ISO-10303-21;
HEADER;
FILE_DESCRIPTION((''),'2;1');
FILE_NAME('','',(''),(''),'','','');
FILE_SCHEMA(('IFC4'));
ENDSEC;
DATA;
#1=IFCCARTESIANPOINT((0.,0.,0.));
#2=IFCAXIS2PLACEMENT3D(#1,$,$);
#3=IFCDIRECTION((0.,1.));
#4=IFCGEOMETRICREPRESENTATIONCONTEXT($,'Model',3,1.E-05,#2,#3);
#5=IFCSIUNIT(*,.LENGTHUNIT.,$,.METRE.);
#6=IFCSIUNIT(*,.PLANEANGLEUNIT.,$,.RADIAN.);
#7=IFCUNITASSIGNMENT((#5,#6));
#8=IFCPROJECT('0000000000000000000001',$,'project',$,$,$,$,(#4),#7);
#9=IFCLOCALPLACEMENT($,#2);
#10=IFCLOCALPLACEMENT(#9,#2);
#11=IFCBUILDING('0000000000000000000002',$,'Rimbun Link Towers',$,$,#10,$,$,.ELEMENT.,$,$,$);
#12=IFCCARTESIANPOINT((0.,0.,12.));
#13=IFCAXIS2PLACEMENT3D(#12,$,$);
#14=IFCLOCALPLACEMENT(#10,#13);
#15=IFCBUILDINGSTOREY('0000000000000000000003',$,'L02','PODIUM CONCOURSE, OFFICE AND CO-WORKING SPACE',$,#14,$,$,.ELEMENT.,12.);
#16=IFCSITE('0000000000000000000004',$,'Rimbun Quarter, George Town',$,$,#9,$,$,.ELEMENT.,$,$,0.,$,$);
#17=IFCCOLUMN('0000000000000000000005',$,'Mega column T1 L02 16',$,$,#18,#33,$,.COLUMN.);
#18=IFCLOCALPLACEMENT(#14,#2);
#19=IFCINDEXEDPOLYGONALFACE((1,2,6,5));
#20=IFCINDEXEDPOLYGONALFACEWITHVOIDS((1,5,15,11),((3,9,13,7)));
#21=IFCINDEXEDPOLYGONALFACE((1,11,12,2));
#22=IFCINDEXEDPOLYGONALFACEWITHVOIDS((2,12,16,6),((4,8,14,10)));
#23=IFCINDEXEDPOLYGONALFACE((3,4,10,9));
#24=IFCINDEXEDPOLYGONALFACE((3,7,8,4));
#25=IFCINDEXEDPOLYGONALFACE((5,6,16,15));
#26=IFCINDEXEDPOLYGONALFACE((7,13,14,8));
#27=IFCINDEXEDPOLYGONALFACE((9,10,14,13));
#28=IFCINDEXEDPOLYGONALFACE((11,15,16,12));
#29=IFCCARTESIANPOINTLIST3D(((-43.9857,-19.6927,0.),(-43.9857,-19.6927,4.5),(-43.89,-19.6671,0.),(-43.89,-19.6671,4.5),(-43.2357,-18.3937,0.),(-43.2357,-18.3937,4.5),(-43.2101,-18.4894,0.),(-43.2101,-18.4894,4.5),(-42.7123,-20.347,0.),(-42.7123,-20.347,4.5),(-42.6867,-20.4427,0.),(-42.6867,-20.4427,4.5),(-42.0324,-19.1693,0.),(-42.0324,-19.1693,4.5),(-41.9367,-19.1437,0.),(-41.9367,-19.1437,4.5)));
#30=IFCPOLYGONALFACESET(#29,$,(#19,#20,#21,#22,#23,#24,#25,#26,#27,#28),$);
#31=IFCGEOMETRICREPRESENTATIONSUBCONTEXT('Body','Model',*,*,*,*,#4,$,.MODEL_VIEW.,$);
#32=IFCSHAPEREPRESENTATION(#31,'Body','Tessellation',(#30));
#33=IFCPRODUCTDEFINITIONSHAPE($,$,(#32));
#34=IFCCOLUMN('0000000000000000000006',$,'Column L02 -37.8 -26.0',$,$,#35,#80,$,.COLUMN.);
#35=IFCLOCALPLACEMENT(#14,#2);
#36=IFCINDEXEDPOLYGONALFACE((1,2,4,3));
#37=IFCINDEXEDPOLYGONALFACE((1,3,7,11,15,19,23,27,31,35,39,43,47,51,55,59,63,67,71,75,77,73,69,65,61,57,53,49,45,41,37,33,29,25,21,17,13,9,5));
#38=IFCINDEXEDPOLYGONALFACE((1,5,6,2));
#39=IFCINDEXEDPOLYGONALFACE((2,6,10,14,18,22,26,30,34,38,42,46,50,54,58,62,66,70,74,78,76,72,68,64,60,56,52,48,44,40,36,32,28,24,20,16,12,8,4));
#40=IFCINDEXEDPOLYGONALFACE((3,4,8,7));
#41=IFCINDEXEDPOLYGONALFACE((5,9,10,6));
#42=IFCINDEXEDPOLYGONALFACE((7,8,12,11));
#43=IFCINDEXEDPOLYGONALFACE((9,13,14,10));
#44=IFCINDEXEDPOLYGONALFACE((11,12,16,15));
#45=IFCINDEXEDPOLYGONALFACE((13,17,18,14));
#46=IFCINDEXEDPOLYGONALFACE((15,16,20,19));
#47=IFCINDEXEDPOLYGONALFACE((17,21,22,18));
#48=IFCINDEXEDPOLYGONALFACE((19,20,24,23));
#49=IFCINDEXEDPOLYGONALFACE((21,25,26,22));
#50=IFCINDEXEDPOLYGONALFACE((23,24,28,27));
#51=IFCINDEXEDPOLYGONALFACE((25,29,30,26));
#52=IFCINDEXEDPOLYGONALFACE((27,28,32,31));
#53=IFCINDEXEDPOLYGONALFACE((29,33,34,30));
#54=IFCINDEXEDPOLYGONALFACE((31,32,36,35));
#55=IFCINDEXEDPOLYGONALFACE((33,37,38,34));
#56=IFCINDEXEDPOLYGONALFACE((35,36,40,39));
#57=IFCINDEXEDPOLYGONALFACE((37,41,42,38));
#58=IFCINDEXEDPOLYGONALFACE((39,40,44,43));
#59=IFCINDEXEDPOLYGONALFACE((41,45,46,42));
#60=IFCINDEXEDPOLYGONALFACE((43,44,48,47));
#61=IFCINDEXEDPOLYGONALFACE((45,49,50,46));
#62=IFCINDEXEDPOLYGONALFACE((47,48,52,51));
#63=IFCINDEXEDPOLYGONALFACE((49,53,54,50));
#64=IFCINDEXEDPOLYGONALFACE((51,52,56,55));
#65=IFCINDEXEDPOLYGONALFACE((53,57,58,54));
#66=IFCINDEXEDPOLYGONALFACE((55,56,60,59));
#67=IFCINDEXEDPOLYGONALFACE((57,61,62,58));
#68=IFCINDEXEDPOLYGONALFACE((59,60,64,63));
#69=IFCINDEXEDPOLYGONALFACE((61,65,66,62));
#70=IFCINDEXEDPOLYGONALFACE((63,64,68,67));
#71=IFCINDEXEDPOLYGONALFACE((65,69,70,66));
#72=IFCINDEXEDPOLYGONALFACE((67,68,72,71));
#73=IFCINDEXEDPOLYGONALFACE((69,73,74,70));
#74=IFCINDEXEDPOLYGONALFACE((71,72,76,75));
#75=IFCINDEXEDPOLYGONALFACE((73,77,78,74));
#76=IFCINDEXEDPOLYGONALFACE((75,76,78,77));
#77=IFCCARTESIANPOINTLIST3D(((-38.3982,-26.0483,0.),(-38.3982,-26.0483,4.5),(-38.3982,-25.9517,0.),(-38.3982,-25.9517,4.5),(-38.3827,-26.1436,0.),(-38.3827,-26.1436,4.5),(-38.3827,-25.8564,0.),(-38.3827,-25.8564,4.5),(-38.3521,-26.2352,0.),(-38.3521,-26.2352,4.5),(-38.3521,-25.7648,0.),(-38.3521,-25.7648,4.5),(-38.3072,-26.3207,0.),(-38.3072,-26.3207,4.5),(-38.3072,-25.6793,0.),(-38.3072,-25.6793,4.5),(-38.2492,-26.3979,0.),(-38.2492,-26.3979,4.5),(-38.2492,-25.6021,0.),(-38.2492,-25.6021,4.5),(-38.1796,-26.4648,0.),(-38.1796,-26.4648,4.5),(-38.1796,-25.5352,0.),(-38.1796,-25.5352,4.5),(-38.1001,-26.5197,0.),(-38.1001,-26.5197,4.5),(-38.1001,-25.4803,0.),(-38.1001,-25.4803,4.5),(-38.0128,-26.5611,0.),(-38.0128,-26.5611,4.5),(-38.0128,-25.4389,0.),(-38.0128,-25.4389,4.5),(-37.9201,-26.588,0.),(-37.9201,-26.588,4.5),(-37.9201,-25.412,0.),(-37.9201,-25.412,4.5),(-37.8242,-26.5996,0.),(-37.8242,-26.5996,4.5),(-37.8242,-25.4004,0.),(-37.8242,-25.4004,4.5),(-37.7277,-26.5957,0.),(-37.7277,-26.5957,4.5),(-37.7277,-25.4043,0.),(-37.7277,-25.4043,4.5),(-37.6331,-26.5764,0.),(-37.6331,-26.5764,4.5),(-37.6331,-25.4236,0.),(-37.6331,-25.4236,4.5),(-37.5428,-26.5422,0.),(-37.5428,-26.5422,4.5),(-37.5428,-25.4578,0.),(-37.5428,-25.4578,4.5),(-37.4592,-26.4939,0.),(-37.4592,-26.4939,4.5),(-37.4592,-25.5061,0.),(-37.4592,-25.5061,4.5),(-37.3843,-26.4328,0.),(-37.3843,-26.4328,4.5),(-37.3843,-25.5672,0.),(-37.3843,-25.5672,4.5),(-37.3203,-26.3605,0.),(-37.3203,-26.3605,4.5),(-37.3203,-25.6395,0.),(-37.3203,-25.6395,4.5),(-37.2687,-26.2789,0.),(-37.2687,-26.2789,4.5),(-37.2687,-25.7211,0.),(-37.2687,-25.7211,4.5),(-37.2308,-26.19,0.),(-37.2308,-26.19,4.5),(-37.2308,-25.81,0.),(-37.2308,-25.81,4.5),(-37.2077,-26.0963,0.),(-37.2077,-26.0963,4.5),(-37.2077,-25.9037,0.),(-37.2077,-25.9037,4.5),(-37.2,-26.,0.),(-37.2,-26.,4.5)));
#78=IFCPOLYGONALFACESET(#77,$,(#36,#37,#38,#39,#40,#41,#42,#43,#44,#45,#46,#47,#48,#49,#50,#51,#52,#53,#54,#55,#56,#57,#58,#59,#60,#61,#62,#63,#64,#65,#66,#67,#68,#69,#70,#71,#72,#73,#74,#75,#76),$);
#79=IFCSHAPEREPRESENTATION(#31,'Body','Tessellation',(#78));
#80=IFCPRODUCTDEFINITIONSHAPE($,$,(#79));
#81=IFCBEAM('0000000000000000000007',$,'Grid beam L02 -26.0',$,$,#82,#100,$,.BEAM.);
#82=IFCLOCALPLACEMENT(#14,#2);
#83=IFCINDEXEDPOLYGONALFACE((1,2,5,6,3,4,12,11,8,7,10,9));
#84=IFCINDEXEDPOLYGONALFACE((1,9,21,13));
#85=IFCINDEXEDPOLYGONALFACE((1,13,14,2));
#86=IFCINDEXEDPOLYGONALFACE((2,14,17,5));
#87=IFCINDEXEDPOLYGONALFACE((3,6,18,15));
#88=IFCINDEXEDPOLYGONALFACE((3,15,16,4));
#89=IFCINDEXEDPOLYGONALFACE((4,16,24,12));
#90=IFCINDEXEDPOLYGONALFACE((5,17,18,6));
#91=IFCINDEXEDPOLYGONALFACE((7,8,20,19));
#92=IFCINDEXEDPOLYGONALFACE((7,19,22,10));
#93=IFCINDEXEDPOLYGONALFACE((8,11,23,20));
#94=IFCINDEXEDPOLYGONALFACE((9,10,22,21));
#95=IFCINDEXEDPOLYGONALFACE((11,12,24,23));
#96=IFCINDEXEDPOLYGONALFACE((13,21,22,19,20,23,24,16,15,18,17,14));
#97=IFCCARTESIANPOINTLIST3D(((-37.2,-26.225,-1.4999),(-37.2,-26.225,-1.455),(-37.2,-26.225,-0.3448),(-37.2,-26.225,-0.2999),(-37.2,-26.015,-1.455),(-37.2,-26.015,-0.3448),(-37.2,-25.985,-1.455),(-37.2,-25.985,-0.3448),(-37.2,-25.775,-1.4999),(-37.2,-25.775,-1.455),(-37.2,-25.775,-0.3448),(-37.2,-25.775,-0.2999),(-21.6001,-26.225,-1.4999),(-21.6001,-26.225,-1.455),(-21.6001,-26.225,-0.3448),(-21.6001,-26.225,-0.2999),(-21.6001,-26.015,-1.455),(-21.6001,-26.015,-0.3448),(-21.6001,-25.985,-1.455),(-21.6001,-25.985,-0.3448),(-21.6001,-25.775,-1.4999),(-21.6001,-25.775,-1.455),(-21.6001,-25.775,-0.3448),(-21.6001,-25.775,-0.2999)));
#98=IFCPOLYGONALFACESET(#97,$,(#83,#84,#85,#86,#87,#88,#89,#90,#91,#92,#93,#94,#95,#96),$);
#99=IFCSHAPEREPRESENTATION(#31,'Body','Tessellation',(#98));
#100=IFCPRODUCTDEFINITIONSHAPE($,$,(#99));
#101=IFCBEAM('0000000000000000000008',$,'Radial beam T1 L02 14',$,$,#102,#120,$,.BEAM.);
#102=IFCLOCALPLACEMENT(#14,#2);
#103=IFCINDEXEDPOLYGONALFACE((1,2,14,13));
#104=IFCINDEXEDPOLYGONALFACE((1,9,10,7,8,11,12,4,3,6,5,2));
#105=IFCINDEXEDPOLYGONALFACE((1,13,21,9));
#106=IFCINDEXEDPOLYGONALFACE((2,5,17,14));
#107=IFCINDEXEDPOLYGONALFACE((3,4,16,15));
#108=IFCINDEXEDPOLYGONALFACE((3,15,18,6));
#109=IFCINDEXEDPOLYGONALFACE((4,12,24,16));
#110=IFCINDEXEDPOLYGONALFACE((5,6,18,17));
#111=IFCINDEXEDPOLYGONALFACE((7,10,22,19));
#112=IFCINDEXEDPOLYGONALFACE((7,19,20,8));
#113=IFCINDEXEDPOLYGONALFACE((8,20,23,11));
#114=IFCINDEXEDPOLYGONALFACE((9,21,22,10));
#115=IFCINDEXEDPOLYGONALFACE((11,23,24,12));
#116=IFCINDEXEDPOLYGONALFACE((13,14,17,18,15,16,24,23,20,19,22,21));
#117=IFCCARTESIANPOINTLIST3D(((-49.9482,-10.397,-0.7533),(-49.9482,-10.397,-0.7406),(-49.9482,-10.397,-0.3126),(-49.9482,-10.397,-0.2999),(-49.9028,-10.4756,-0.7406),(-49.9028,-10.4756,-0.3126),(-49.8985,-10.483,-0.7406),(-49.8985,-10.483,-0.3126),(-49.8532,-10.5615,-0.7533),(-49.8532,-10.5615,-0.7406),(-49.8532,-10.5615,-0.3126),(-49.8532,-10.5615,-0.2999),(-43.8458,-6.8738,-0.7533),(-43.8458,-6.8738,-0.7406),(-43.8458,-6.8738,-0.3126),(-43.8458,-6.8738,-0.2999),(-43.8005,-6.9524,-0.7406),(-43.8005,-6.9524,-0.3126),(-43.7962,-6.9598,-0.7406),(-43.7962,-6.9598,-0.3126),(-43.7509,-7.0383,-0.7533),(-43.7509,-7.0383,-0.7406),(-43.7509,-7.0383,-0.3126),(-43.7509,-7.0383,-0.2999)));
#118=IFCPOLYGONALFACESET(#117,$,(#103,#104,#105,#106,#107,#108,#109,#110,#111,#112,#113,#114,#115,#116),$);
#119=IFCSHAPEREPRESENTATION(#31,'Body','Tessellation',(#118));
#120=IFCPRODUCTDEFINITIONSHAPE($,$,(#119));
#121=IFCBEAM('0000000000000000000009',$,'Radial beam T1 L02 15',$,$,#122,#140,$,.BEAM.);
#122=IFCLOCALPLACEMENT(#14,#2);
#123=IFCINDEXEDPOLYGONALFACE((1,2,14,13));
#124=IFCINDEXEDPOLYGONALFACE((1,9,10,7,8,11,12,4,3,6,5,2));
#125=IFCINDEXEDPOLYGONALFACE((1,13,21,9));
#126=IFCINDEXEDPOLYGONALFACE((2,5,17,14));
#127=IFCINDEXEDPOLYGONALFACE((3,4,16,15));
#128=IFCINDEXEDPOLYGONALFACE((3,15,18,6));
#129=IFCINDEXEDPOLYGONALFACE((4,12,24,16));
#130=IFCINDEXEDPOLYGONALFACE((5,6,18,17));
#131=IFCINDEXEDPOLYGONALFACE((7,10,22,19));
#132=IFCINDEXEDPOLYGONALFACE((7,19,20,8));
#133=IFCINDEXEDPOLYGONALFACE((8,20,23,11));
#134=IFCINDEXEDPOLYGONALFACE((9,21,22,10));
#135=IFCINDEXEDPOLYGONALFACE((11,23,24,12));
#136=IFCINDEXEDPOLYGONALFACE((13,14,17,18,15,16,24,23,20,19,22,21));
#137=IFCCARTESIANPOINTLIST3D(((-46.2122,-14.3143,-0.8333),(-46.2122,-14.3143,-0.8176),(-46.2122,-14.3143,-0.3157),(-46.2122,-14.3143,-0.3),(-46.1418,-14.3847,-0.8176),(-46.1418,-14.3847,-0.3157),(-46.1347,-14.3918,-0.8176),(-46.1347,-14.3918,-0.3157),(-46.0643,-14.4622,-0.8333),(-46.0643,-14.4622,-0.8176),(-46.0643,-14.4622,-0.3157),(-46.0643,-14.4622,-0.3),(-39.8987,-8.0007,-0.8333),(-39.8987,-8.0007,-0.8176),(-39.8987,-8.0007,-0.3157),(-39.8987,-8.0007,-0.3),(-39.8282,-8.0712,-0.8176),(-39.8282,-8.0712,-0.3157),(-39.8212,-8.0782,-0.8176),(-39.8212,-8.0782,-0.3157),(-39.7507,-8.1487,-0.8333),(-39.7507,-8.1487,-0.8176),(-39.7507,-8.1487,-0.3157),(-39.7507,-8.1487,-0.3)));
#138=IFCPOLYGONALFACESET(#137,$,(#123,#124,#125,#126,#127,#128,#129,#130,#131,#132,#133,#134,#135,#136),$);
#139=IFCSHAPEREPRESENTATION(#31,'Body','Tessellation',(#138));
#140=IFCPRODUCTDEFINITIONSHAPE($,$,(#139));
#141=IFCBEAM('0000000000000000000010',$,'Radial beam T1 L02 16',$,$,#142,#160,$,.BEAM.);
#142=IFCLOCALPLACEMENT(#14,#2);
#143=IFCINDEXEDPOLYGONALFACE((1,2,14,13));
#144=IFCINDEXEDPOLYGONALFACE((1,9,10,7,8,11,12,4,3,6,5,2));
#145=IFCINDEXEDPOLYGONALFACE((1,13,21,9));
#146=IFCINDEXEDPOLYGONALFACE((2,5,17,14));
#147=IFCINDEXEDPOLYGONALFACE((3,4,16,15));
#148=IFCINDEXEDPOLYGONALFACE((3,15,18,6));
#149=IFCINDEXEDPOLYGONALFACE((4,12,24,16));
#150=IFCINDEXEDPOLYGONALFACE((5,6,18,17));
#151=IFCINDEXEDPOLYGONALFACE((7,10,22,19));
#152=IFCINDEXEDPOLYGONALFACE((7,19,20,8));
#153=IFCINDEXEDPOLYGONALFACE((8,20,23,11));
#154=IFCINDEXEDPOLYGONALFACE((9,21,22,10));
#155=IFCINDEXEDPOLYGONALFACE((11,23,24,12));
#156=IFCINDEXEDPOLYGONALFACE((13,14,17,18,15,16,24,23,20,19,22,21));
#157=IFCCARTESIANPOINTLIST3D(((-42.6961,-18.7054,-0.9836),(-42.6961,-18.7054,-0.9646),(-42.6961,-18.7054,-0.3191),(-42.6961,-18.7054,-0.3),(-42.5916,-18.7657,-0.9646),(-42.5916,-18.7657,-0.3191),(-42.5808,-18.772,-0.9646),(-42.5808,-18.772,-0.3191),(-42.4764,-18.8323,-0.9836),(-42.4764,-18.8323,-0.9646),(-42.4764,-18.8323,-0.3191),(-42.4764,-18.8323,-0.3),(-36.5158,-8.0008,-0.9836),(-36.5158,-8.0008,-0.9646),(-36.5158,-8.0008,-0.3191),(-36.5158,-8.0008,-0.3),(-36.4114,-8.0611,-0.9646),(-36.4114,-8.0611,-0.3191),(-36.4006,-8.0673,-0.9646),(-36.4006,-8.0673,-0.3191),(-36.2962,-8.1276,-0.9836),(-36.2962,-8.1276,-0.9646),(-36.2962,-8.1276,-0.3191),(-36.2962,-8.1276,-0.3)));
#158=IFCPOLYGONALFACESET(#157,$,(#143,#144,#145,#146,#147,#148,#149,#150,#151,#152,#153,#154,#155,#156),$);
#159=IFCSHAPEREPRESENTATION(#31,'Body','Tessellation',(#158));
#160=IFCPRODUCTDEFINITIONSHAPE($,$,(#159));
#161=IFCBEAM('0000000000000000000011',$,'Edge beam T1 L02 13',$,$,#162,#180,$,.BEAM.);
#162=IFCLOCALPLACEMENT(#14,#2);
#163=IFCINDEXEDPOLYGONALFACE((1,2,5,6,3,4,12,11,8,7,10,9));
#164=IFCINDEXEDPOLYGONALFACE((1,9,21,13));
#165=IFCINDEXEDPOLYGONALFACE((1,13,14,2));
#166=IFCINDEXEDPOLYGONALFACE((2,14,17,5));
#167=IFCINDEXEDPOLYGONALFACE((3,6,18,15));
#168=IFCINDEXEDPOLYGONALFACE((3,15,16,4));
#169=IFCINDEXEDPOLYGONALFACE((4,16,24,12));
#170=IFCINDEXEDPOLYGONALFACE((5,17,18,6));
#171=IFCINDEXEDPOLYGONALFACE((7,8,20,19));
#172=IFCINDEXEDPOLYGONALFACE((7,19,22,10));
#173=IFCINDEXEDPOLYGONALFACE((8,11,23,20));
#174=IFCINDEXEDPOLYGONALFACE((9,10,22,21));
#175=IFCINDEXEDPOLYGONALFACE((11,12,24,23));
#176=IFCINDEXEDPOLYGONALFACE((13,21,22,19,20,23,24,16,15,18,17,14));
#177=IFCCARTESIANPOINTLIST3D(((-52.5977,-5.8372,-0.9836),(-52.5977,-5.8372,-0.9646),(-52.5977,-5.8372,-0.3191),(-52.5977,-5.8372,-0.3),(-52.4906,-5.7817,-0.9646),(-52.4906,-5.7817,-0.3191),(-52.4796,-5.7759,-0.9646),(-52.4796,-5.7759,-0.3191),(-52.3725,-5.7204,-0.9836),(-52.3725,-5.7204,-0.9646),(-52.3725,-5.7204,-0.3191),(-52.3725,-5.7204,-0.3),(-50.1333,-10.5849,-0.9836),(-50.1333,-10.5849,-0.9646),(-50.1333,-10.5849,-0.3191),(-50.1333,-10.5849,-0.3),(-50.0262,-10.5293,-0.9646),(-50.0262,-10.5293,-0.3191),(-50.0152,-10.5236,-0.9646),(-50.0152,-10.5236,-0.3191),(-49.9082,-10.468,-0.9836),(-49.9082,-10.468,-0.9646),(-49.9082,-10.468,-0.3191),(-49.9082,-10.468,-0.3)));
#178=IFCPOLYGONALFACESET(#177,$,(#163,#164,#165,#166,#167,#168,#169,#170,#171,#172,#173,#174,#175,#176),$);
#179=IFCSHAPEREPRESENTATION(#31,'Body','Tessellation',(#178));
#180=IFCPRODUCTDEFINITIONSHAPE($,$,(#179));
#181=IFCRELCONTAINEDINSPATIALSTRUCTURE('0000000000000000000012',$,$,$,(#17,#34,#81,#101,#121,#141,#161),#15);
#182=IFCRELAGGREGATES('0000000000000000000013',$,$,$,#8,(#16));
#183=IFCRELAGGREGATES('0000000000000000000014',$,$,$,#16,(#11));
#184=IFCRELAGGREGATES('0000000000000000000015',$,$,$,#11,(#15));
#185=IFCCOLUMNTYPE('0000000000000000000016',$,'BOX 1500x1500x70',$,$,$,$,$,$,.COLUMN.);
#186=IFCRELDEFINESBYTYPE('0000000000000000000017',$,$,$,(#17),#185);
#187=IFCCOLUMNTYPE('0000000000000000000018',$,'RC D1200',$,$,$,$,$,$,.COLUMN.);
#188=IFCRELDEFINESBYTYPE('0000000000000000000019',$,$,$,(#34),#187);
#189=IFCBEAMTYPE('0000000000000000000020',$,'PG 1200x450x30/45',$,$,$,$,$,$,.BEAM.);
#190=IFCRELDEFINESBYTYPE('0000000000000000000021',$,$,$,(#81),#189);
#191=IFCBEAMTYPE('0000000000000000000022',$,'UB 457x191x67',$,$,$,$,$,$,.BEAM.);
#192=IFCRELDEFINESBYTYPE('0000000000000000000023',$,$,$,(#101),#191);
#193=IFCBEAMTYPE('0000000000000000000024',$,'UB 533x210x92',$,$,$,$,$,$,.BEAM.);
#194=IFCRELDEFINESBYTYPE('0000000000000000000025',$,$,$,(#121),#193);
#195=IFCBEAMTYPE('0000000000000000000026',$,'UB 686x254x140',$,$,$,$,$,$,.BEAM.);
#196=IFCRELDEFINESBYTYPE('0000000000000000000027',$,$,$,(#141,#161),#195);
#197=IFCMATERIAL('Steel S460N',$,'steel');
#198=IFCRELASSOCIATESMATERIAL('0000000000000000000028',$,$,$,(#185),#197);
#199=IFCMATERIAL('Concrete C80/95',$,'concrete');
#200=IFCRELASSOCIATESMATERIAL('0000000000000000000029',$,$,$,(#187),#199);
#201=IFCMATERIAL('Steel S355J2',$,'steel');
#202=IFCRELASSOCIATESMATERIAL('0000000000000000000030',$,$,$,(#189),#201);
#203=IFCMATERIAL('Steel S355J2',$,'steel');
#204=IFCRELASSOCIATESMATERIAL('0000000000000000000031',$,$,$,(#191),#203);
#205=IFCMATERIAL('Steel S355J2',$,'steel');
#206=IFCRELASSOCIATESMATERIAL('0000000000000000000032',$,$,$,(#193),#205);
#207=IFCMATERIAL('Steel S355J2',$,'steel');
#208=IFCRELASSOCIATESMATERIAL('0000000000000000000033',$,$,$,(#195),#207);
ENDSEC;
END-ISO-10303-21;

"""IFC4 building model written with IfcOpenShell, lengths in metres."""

from ifc_helpers import new_model, si_unit, direction, frame, origin, origin_2d, place, context, subcontext, project, spatial, hollow_rectangle, circle, i_section, extrude, material, material_profile, profile_set, type_object, element, save


model = new_model("IFC4")

# Units and contexts
model_context = context("Model", 3, precision=1e-05, world=origin(), true_north=direction((0.0, 1.0)))
body_context = subcontext(model_context, "Body", "Model", "MODEL_VIEW")
ifc_project = project(units=[si_unit("LENGTHUNIT", "METRE"), si_unit("PLANEANGLEUNIT", "RADIAN")], contexts=[model_context])

# Site, building, storey
site_placement = place(None, origin())
site = spatial("IfcSite", under=ifc_project, at=site_placement, Name="Rimbun Quarter, George Town", CompositionType="ELEMENT", RefElevation=0.0)
building_placement = place(site_placement, origin())
building = spatial("IfcBuilding", under=site, at=building_placement, Name="Rimbun Link Towers", CompositionType="ELEMENT")
storey_placement = place(building_placement, frame((0.0, 0.0, 12.0)))
storey = spatial("IfcBuildingStorey", under=building, at=storey_placement, Name="L02", Description="PODIUM CONCOURSE, OFFICE AND CO-WORKING SPACE", CompositionType="ELEMENT", Elevation=12.0)

# Columns
ifc_material_1 = material(Name="Steel S460N", Category="steel")
ifc_material_profile_1 = material_profile(ifc_material_1, hollow_rectangle(XDim=1.5, YDim=1.5, WallThickness=0.0701, at=origin_2d()), Name="BOX 1500x1500x70")
ifc_profile_set_1 = profile_set([ifc_material_profile_1], Name="Steel S460N")
column_type_1 = type_object("IfcColumnType", Name="BOX 1500x1500x70", PredefinedType="COLUMN", material=ifc_profile_set_1)
column_1_placement = place(storey_placement, frame((-42.9612, -19.4182, 0.0), z_axis=(0.0, 0.0, 1.0), x_axis=(-0.5, -0.866025, 0.0)))
element("IfcColumn", 1, at=column_1_placement, inside=storey, type_object=column_type_1, Name="Mega column T1 L02 16", PredefinedType="COLUMN", context=body_context, shape_type="SweptSolid", body=[
    extrude(hollow_rectangle(XDim=1.5, YDim=1.5, WallThickness=0.0701, at=origin_2d()), origin(), (0.0, 0.0, 1.0), 4.5),
])
ifc_material_2 = material(Name="Concrete C80/95", Category="concrete")
ifc_material_profile_2 = material_profile(ifc_material_2, circle(Radius=0.6001, at=origin_2d()), Name="RC D1200")
ifc_profile_set_2 = profile_set([ifc_material_profile_2], Name="Concrete C80/95")
column_type_2 = type_object("IfcColumnType", Name="RC D1200", PredefinedType="COLUMN", material=ifc_profile_set_2)
column_2_placement = place(storey_placement, frame((-37.8, -26.0, 0.0), z_axis=(0.0, 0.0, 1.0), x_axis=(1.0, 0.0, 0.0)))
element("IfcColumn", 2, at=column_2_placement, inside=storey, type_object=column_type_2, Name="Column L02 -37.8 -26.0", PredefinedType="COLUMN", context=body_context, shape_type="SweptSolid", body=[
    extrude(circle(Radius=0.6001, at=origin_2d()), origin(), (0.0, 0.0, 1.0), 4.5),
])

# Beams
ifc_material_3 = material(Name="Steel S355J2", Category="steel")
ifc_material_profile_3 = material_profile(ifc_material_3, i_section(OverallWidth=0.45, OverallDepth=1.2, WebThickness=0.03, FlangeThickness=0.0449, at=origin_2d()), Name="PG 1200x450x30/45")
ifc_profile_set_3 = profile_set([ifc_material_profile_3], Name="Steel S355J2")
beam_type_1 = type_object("IfcBeamType", Name="PG 1200x450x30/45", PredefinedType="BEAM", material=ifc_profile_set_3)
beam_1_placement = place(storey_placement, frame((-37.2, -26.0, -0.8999), z_axis=(1.0, 0.0, 0.0), x_axis=(0.0, 1.0, 0.0)))
element("IfcBeam", 3, at=beam_1_placement, inside=storey, type_object=beam_type_1, Name="Grid beam L02 -26.0", PredefinedType="BEAM", context=body_context, shape_type="SweptSolid", body=[
    extrude(i_section(OverallWidth=0.45, OverallDepth=1.2, WebThickness=0.03, FlangeThickness=0.0449, at=origin_2d()), origin(), (0.0, 0.0, 1.0), 15.5999),
])
ifc_material_4 = material(Name="Steel S355J2", Category="steel")
ifc_material_profile_4 = material_profile(ifc_material_4, i_section(OverallWidth=0.1899, OverallDepth=0.4534, WebThickness=0.0085, FlangeThickness=0.0127, at=origin_2d()), Name="UB 457x191x67")
ifc_profile_set_4 = profile_set([ifc_material_profile_4], Name="Steel S355J2")
beam_type_2 = type_object("IfcBeamType", Name="UB 457x191x67", PredefinedType="BEAM", material=ifc_profile_set_4)
beam_2_placement = place(storey_placement, frame((-43.7983, -6.9561, -0.5266), z_axis=(-0.866023, -0.500003, 0.0), x_axis=(0.500003, -0.866023, 0.0)))
element("IfcBeam", 4, at=beam_2_placement, inside=storey, type_object=beam_type_2, Name="Radial beam T1 L02 14", PredefinedType="BEAM", context=body_context, shape_type="SweptSolid", body=[
    extrude(i_section(OverallWidth=0.1899, OverallDepth=0.4534, WebThickness=0.0085, FlangeThickness=0.0127, at=origin_2d()), origin(), (0.0, 0.0, 1.0), 7.0464),
])
ifc_material_5 = material(Name="Steel S355J2", Category="steel")
ifc_material_profile_5 = material_profile(ifc_material_5, i_section(OverallWidth=0.2092, OverallDepth=0.5332, WebThickness=0.01, FlangeThickness=0.0156, at=origin_2d()), Name="UB 533x210x92")
ifc_profile_set_5 = profile_set([ifc_material_profile_5], Name="Steel S355J2")
beam_type_3 = type_object("IfcBeamType", Name="UB 533x210x92", PredefinedType="BEAM", material=ifc_profile_set_5)
beam_3_placement = place(storey_placement, frame((-39.8247, -8.0747, -0.5667), z_axis=(-0.707107, -0.707107, 0.0), x_axis=(0.707107, -0.707107, 0.0)))
element("IfcBeam", 5, at=beam_3_placement, inside=storey, type_object=beam_type_3, Name="Radial beam T1 L02 15", PredefinedType="BEAM", context=body_context, shape_type="SweptSolid", body=[
    extrude(i_section(OverallWidth=0.2092, OverallDepth=0.5332, WebThickness=0.01, FlangeThickness=0.0156, at=origin_2d()), origin(), (0.0, 0.0, 1.0), 8.9287),
])
ifc_material_6 = material(Name="Steel S355J2", Category="steel")
ifc_material_profile_6 = material_profile(ifc_material_6, i_section(OverallWidth=0.2537, OverallDepth=0.6836, WebThickness=0.0125, FlangeThickness=0.019, at=origin_2d()), Name="UB 686x254x140")
ifc_profile_set_6 = profile_set([ifc_material_profile_6], Name="Steel S355J2")
beam_type_4 = type_object("IfcBeamType", Name="UB 686x254x140", PredefinedType="BEAM", material=ifc_profile_set_6)
beam_4_placement = place(storey_placement, frame((-36.406, -8.0642, -0.6418), z_axis=(-0.499993, -0.86603, 0.0), x_axis=(0.86603, -0.499993, 0.0)))
element("IfcBeam", 6, at=beam_4_placement, inside=storey, type_object=beam_type_4, Name="Radial beam T1 L02 16", PredefinedType="BEAM", context=body_context, shape_type="SweptSolid", body=[
    extrude(i_section(OverallWidth=0.2537, OverallDepth=0.6836, WebThickness=0.0125, FlangeThickness=0.019, at=origin_2d()), origin(), (0.0, 0.0, 1.0), 12.3606),
])
beam_5_placement = place(storey_placement, frame((-52.4851, -5.7788, -0.6418), z_axis=(0.460709, -0.887551, 0.0), x_axis=(0.887551, 0.460709, 0.0)))
element("IfcBeam", 7, at=beam_5_placement, inside=storey, type_object=beam_type_4, Name="Edge beam T1 L02 13", PredefinedType="BEAM", context=body_context, shape_type="SweptSolid", body=[
    extrude(i_section(OverallWidth=0.2537, OverallDepth=0.6836, WebThickness=0.0125, FlangeThickness=0.019, at=origin_2d()), origin(), (0.0, 0.0, 1.0), 5.3491),
])

save(model, "model.ifc")
